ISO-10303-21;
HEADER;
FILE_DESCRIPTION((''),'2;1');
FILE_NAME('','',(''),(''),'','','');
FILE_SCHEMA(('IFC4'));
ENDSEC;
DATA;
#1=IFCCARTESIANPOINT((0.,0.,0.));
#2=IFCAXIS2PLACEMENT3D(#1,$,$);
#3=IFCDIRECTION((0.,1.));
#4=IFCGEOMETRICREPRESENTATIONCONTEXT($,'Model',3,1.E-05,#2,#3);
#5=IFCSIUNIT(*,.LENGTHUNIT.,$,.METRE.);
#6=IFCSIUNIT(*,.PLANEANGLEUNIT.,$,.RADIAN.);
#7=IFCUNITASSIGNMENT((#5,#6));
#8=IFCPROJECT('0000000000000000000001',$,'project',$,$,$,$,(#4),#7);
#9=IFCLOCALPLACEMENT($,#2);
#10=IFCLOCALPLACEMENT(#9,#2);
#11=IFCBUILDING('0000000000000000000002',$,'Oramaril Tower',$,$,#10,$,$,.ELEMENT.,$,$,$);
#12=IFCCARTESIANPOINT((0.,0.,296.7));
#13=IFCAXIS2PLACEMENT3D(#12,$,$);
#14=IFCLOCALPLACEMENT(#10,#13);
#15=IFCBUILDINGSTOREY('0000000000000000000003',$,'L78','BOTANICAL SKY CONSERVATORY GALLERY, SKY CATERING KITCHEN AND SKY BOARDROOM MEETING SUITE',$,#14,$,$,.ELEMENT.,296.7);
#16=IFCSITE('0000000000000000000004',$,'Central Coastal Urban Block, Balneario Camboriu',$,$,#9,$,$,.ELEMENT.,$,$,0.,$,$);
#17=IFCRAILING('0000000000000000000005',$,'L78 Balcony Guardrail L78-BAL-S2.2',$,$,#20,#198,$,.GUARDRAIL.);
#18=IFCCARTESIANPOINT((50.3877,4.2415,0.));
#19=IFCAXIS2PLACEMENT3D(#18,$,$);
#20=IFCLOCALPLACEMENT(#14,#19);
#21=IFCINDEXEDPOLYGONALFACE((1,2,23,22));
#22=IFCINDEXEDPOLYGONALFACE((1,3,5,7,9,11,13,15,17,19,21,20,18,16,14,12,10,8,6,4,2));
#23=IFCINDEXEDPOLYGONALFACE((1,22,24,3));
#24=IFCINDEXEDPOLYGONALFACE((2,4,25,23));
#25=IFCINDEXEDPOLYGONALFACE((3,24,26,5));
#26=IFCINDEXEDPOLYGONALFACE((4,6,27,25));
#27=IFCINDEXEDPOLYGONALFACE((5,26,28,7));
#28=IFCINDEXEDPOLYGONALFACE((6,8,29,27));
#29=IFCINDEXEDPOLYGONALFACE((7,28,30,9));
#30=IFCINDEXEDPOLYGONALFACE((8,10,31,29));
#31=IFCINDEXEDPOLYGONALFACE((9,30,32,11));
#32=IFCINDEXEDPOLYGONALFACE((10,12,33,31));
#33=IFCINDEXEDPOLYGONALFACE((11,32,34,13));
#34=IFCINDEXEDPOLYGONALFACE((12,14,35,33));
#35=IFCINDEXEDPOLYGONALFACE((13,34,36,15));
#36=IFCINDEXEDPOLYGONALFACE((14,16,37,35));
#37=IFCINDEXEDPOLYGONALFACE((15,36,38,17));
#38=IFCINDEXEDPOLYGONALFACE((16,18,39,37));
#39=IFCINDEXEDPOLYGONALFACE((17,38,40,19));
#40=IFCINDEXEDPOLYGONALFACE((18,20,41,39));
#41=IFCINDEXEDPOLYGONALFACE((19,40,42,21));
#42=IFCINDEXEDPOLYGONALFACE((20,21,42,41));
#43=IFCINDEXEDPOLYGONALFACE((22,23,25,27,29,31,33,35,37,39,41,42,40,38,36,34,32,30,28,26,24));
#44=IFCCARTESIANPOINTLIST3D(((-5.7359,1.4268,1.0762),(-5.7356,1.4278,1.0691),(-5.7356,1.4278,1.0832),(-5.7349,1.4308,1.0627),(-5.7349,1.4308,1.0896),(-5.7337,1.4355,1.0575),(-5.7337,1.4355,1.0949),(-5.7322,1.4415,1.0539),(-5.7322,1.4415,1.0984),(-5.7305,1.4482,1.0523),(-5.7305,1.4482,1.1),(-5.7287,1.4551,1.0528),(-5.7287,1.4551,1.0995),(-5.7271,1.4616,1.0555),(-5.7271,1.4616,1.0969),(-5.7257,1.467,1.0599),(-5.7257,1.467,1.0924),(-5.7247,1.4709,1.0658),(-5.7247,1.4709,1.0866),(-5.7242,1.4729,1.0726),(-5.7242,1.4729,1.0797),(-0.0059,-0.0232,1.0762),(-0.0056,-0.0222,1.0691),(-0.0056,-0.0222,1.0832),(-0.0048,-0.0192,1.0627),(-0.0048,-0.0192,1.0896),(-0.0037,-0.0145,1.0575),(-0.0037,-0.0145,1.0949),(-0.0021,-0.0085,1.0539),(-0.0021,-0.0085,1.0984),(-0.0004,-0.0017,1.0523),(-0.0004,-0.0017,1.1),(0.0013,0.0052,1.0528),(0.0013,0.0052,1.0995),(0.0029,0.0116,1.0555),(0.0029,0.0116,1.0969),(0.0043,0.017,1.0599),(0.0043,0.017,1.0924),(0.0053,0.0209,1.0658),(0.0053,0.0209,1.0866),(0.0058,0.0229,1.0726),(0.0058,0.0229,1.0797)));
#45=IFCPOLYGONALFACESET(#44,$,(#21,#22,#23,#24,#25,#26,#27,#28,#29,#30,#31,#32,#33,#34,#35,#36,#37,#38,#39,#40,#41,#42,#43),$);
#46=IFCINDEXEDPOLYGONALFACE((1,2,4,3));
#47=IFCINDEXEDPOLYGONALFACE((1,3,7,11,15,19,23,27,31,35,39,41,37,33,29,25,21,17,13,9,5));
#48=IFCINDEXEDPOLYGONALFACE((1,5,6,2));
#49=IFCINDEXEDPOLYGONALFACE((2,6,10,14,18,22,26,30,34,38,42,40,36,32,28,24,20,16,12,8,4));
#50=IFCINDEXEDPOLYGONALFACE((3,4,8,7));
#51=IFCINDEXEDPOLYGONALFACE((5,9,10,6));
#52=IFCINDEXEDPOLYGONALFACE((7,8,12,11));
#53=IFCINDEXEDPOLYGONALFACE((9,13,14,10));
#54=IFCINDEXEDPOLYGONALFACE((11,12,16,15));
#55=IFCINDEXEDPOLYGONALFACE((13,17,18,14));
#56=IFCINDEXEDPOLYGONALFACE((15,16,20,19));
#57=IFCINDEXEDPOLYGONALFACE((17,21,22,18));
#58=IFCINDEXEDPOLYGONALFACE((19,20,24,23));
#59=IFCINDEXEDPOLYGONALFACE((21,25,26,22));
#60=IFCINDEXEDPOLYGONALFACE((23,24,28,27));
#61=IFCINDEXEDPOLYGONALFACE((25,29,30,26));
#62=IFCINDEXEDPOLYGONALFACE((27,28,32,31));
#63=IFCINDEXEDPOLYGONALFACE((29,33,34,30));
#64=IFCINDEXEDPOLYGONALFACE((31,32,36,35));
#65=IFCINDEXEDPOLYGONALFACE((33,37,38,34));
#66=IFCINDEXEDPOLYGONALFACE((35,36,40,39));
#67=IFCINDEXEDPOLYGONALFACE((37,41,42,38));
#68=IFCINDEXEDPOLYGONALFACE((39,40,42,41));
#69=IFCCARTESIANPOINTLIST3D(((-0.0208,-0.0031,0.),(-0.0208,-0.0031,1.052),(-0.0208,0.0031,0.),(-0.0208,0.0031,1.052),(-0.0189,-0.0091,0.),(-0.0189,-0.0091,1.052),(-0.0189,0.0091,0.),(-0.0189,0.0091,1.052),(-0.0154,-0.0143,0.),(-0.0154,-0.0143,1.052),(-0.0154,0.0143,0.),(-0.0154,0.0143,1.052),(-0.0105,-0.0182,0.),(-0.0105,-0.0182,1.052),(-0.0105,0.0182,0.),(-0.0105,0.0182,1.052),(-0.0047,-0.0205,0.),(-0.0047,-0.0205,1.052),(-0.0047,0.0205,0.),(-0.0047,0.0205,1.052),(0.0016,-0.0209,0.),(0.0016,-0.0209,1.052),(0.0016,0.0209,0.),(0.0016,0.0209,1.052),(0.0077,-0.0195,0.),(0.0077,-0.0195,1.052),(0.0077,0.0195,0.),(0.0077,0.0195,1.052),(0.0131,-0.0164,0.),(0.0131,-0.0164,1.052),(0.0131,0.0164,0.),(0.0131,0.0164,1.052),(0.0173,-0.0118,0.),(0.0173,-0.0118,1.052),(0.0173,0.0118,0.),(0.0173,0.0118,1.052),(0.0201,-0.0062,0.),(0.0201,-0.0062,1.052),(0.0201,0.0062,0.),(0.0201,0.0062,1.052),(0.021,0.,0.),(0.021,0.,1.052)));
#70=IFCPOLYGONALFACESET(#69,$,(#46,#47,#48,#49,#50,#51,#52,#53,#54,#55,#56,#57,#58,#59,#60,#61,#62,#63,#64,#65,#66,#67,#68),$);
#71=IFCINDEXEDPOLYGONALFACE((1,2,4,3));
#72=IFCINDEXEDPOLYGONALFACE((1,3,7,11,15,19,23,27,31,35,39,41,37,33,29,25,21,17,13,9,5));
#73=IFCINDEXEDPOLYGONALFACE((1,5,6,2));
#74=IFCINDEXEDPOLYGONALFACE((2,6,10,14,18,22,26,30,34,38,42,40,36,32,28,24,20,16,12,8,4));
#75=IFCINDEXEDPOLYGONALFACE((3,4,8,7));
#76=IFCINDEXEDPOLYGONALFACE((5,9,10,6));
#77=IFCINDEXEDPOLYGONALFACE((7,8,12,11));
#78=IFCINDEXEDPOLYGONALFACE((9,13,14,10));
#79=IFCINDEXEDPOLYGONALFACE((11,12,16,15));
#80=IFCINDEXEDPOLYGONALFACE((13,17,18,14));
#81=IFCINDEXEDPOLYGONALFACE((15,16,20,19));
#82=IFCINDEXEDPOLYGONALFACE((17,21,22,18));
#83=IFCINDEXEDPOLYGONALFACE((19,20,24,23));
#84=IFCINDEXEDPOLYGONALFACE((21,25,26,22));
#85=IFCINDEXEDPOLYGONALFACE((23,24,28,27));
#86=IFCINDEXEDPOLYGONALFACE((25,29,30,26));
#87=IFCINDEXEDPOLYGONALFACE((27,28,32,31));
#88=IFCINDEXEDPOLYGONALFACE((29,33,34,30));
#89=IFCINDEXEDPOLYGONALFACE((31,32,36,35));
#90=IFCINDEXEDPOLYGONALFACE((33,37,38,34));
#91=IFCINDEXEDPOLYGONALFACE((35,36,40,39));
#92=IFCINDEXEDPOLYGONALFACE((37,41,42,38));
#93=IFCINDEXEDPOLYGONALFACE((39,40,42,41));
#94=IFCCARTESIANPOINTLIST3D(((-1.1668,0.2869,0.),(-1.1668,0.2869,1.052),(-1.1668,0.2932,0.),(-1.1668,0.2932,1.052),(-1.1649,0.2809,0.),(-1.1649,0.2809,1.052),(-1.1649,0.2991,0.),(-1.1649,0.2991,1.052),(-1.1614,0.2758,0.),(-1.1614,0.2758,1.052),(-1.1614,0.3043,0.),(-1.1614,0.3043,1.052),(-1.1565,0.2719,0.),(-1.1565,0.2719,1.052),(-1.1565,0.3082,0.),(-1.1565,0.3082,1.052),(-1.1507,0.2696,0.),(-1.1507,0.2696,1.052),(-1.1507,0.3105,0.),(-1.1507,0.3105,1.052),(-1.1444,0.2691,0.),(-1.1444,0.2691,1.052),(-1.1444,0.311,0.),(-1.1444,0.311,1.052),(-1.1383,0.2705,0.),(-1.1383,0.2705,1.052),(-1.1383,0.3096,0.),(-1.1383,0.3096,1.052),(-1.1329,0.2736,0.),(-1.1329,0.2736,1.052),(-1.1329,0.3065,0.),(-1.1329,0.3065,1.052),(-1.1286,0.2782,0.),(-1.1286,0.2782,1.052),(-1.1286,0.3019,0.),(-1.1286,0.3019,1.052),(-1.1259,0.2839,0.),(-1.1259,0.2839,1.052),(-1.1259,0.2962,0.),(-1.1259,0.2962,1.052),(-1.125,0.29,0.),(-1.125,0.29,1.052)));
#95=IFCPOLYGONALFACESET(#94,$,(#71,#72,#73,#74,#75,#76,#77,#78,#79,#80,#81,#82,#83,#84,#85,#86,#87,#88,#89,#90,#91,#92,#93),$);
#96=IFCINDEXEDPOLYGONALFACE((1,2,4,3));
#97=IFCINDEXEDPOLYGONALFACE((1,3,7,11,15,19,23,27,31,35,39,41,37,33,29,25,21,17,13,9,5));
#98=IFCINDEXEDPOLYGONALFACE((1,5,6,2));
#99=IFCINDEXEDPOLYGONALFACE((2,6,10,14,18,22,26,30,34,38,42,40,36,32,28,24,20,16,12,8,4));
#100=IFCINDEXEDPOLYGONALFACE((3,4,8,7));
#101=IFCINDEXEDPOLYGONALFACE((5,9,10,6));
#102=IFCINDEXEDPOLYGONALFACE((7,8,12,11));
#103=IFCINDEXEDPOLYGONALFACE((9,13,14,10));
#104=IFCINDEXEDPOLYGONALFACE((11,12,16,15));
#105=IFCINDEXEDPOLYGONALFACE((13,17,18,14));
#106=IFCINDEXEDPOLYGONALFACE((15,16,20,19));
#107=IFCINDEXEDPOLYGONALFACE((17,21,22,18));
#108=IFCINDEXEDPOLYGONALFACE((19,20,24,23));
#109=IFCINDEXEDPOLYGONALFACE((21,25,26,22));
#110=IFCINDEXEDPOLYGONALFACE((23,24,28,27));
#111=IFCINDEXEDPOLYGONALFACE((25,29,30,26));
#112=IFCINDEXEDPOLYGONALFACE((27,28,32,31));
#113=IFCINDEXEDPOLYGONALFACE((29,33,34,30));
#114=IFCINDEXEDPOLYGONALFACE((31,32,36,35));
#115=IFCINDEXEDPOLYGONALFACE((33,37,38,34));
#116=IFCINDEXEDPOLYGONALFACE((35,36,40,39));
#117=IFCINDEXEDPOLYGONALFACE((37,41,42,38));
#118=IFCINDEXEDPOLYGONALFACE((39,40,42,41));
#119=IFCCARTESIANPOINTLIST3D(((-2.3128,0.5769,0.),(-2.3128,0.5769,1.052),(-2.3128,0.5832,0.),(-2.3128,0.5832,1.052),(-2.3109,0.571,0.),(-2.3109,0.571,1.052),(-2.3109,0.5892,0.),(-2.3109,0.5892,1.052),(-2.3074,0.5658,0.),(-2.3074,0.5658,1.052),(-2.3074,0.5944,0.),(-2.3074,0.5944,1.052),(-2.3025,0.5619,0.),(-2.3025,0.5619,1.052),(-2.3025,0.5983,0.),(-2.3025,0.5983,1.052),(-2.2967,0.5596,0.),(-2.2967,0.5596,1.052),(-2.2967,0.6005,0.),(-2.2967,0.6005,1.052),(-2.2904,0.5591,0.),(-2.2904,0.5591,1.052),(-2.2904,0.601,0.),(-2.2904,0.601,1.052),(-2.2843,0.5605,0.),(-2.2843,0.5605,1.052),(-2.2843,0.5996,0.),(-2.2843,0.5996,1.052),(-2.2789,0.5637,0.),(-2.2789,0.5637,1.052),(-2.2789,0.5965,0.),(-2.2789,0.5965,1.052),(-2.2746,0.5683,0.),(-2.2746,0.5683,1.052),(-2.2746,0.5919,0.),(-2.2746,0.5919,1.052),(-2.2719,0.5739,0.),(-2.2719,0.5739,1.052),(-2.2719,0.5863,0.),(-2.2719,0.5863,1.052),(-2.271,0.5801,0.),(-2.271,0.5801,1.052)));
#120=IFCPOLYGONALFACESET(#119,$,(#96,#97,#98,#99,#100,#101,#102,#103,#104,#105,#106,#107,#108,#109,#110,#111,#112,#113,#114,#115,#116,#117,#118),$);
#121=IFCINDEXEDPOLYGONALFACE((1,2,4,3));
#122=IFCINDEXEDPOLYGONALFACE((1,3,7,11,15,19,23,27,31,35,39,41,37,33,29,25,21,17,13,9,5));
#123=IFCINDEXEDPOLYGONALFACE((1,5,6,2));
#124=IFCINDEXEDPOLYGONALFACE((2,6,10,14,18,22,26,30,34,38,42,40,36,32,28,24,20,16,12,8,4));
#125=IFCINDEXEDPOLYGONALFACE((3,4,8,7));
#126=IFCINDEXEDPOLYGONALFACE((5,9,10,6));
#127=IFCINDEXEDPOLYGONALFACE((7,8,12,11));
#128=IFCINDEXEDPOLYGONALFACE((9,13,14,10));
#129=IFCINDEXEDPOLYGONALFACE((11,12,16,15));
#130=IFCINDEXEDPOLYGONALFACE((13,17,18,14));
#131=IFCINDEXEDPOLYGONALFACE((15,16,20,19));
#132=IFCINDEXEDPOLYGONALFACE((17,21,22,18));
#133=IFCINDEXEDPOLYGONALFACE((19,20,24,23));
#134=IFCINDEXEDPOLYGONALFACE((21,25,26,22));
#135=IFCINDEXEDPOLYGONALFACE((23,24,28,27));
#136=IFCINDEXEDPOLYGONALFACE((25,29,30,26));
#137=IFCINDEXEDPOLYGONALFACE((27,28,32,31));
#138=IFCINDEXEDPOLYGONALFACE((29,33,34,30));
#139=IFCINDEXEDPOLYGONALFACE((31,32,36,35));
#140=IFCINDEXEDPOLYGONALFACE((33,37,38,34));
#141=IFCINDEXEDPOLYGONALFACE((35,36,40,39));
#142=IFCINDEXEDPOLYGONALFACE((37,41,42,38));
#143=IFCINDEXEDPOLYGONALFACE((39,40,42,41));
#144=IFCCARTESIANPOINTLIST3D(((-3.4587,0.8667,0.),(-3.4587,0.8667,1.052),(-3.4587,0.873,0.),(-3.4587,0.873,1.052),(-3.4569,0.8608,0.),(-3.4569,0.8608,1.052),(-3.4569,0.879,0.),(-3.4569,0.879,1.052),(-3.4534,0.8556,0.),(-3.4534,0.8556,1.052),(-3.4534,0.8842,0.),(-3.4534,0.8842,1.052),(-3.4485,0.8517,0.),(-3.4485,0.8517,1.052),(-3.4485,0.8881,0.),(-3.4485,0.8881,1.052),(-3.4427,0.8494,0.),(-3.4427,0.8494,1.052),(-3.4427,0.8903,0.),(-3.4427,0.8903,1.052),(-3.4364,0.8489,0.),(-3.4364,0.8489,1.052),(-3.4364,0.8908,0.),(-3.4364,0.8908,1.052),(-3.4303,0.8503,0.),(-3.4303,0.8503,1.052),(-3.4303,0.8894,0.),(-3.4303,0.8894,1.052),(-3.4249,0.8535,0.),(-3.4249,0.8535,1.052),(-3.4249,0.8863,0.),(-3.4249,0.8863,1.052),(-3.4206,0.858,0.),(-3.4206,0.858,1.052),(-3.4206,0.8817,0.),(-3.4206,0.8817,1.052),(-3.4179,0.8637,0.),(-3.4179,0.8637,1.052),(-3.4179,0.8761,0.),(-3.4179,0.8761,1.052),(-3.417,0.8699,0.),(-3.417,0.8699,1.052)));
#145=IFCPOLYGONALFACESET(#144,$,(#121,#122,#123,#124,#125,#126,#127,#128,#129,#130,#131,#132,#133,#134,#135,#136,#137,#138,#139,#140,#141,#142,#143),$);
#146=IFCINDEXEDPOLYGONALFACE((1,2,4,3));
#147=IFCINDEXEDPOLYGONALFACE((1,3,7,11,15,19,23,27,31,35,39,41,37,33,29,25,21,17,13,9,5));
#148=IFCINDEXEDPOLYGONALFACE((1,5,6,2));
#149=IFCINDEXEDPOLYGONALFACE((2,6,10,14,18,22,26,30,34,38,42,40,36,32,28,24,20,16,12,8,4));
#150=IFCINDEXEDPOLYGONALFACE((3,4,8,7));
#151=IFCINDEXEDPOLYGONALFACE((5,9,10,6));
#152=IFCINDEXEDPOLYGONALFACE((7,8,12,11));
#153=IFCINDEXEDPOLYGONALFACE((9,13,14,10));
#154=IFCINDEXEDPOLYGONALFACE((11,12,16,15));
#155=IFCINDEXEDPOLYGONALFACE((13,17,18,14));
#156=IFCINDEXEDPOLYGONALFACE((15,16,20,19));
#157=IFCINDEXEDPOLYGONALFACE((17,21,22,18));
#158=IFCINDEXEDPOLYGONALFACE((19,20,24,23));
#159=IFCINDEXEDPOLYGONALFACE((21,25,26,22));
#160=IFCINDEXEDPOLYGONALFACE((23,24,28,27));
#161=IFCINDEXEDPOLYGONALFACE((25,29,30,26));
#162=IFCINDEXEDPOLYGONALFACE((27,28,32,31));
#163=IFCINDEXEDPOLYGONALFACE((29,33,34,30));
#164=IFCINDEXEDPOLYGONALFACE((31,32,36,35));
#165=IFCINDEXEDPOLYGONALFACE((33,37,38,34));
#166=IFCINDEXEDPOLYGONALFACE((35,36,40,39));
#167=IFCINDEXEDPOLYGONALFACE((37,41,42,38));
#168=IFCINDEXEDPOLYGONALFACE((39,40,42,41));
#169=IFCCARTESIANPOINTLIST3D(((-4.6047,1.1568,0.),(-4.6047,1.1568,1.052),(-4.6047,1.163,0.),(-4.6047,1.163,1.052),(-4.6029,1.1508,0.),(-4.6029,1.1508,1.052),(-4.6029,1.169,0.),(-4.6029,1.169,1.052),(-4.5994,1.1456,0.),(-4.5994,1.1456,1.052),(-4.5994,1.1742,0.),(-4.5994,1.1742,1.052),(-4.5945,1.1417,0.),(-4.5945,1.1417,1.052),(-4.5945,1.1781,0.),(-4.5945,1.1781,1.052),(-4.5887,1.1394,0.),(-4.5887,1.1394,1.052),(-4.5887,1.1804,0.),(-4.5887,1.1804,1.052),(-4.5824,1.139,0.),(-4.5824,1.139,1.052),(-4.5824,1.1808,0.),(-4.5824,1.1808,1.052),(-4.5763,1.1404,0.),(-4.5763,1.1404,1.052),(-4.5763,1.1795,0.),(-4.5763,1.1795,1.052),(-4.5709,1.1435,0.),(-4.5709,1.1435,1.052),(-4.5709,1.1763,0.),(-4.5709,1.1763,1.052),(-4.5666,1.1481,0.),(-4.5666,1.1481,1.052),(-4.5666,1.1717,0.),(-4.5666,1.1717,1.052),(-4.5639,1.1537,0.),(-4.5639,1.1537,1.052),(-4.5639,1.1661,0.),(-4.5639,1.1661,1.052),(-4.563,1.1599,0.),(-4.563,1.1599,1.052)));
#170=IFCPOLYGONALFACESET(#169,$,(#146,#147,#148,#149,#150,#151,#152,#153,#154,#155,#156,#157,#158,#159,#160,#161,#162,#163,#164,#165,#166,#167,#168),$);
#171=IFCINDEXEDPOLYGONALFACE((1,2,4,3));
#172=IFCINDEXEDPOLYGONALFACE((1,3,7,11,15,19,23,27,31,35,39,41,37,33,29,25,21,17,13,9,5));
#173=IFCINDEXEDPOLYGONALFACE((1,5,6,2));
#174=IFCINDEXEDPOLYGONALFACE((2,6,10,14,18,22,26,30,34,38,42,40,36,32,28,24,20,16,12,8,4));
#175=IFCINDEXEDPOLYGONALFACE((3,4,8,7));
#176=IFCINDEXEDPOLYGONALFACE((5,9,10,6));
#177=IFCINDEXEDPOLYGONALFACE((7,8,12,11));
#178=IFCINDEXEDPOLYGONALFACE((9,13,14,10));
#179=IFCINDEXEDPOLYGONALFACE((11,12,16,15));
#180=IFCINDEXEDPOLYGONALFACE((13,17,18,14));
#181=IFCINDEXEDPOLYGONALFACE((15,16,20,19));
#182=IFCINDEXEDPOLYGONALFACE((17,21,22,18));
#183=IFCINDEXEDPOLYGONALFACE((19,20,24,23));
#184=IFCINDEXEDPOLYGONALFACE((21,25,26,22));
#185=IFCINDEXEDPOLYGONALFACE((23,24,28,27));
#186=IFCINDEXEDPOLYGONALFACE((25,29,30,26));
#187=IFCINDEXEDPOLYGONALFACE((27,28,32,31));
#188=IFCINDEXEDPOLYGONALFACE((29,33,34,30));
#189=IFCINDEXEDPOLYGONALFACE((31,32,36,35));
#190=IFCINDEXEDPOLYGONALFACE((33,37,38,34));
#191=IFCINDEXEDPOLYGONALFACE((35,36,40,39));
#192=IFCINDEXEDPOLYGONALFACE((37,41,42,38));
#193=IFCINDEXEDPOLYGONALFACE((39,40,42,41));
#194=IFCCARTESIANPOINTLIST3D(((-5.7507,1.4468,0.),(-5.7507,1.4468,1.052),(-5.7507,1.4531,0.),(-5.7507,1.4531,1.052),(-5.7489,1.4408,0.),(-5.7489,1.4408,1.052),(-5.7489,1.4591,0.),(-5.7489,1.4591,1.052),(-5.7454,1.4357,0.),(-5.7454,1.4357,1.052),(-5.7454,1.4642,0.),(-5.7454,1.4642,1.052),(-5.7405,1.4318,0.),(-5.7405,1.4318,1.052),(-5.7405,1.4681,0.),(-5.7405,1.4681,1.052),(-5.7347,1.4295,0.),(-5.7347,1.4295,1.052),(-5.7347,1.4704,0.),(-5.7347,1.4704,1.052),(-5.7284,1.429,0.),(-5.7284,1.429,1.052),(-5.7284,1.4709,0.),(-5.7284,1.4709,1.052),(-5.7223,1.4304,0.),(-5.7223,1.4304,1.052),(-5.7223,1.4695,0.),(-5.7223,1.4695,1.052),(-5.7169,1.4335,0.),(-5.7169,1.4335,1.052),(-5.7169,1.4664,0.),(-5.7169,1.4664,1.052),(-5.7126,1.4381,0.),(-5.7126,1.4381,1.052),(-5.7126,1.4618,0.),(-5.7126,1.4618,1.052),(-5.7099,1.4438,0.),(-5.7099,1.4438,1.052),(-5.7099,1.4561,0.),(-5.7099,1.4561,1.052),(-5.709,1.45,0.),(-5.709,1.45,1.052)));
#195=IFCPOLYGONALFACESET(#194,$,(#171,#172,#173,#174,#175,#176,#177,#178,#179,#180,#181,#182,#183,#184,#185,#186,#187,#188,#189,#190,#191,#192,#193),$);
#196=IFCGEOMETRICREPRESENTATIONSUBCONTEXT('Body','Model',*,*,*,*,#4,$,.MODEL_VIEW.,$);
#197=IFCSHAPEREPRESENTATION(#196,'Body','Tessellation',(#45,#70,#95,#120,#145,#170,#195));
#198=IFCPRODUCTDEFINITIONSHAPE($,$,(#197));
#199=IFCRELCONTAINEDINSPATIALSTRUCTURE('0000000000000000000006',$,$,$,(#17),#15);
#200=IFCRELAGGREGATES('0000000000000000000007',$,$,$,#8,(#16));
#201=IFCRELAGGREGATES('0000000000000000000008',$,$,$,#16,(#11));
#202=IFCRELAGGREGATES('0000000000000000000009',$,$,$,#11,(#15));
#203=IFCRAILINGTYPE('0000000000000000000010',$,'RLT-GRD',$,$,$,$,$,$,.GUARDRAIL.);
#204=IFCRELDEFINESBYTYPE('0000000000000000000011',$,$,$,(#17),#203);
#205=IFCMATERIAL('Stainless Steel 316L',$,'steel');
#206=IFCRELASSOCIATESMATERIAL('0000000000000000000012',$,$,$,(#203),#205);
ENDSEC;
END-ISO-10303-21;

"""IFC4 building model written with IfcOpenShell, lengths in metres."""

from ifc_helpers import new_model, si_unit, direction, frame, origin, origin_2d, place, context, subcontext, project, spatial, circle, extrude, material, type_object, element, save


model = new_model("IFC4")

# Units and contexts
model_context = context("Model", 3, precision=1e-05, world=origin(), true_north=direction((0.0, 1.0)))
body_context = subcontext(model_context, "Body", "Model", "MODEL_VIEW")
ifc_project = project(units=[si_unit("LENGTHUNIT", "METRE"), si_unit("PLANEANGLEUNIT", "RADIAN")], contexts=[model_context])

# Site, building, storey
site_placement = place(None, origin())
site = spatial("IfcSite", under=ifc_project, at=site_placement, Name="Central Coastal Urban Block, Balneario Camboriu", CompositionType="ELEMENT", RefElevation=0.0)
building_placement = place(site_placement, origin())
building = spatial("IfcBuilding", under=site, at=building_placement, Name="Oramaril Tower", CompositionType="ELEMENT")
storey_placement = place(building_placement, frame((0.0, 0.0, 296.7)))
storey = spatial("IfcBuildingStorey", under=building, at=storey_placement, Name="L78", Description="BOTANICAL SKY CONSERVATORY GALLERY, SKY CATERING KITCHEN AND SKY BOARDROOM MEETING SUITE", CompositionType="ELEMENT", Elevation=296.7)

# Railing
ifc_material_1 = material(Name="Stainless Steel 316L", Category="steel")
railing_type = type_object("IfcRailingType", Name="RLT-GRD", PredefinedType="GUARDRAIL", material=ifc_material_1)
railing_1_placement = place(storey_placement, frame((50.3877, 4.2415, 0.0)))
element("IfcRailing", 1, at=railing_1_placement, inside=storey, type_object=railing_type, Name="L78 Balcony Guardrail L78-BAL-S2.2", PredefinedType="GUARDRAIL", context=body_context, shape_type="SweptSolid", body=[
    extrude(circle(Radius=0.0239, at=origin_2d()), frame((0.0, 0.0, 1.0762), z_axis=(-0.969444, 0.245314, 0.0), x_axis=(-0.245314, -0.969444, 0.0)), (0.0, 0.0, 1.0), 5.9106),
    extrude(circle(Radius=0.021, at=origin_2d()), origin(), (0.0, 0.0, 1.0), 1.052),
    extrude(circle(Radius=0.021, at=origin_2d()), frame((-1.146, 0.29, 0.0)), (0.0, 0.0, 1.0), 1.052),
    extrude(circle(Radius=0.021, at=origin_2d()), frame((-2.292, 0.5801, 0.0)), (0.0, 0.0, 1.0), 1.052),
    extrude(circle(Radius=0.021, at=origin_2d()), frame((-3.438, 0.8699, 0.0)), (0.0, 0.0, 1.0), 1.052),
    extrude(circle(Radius=0.021, at=origin_2d()), frame((-4.584, 1.1599, 0.0)), (0.0, 0.0, 1.0), 1.052),
    extrude(circle(Radius=0.021, at=origin_2d()), frame((-5.73, 1.45, 0.0)), (0.0, 0.0, 1.0), 1.052),
])

save(model, "model.ifc")
